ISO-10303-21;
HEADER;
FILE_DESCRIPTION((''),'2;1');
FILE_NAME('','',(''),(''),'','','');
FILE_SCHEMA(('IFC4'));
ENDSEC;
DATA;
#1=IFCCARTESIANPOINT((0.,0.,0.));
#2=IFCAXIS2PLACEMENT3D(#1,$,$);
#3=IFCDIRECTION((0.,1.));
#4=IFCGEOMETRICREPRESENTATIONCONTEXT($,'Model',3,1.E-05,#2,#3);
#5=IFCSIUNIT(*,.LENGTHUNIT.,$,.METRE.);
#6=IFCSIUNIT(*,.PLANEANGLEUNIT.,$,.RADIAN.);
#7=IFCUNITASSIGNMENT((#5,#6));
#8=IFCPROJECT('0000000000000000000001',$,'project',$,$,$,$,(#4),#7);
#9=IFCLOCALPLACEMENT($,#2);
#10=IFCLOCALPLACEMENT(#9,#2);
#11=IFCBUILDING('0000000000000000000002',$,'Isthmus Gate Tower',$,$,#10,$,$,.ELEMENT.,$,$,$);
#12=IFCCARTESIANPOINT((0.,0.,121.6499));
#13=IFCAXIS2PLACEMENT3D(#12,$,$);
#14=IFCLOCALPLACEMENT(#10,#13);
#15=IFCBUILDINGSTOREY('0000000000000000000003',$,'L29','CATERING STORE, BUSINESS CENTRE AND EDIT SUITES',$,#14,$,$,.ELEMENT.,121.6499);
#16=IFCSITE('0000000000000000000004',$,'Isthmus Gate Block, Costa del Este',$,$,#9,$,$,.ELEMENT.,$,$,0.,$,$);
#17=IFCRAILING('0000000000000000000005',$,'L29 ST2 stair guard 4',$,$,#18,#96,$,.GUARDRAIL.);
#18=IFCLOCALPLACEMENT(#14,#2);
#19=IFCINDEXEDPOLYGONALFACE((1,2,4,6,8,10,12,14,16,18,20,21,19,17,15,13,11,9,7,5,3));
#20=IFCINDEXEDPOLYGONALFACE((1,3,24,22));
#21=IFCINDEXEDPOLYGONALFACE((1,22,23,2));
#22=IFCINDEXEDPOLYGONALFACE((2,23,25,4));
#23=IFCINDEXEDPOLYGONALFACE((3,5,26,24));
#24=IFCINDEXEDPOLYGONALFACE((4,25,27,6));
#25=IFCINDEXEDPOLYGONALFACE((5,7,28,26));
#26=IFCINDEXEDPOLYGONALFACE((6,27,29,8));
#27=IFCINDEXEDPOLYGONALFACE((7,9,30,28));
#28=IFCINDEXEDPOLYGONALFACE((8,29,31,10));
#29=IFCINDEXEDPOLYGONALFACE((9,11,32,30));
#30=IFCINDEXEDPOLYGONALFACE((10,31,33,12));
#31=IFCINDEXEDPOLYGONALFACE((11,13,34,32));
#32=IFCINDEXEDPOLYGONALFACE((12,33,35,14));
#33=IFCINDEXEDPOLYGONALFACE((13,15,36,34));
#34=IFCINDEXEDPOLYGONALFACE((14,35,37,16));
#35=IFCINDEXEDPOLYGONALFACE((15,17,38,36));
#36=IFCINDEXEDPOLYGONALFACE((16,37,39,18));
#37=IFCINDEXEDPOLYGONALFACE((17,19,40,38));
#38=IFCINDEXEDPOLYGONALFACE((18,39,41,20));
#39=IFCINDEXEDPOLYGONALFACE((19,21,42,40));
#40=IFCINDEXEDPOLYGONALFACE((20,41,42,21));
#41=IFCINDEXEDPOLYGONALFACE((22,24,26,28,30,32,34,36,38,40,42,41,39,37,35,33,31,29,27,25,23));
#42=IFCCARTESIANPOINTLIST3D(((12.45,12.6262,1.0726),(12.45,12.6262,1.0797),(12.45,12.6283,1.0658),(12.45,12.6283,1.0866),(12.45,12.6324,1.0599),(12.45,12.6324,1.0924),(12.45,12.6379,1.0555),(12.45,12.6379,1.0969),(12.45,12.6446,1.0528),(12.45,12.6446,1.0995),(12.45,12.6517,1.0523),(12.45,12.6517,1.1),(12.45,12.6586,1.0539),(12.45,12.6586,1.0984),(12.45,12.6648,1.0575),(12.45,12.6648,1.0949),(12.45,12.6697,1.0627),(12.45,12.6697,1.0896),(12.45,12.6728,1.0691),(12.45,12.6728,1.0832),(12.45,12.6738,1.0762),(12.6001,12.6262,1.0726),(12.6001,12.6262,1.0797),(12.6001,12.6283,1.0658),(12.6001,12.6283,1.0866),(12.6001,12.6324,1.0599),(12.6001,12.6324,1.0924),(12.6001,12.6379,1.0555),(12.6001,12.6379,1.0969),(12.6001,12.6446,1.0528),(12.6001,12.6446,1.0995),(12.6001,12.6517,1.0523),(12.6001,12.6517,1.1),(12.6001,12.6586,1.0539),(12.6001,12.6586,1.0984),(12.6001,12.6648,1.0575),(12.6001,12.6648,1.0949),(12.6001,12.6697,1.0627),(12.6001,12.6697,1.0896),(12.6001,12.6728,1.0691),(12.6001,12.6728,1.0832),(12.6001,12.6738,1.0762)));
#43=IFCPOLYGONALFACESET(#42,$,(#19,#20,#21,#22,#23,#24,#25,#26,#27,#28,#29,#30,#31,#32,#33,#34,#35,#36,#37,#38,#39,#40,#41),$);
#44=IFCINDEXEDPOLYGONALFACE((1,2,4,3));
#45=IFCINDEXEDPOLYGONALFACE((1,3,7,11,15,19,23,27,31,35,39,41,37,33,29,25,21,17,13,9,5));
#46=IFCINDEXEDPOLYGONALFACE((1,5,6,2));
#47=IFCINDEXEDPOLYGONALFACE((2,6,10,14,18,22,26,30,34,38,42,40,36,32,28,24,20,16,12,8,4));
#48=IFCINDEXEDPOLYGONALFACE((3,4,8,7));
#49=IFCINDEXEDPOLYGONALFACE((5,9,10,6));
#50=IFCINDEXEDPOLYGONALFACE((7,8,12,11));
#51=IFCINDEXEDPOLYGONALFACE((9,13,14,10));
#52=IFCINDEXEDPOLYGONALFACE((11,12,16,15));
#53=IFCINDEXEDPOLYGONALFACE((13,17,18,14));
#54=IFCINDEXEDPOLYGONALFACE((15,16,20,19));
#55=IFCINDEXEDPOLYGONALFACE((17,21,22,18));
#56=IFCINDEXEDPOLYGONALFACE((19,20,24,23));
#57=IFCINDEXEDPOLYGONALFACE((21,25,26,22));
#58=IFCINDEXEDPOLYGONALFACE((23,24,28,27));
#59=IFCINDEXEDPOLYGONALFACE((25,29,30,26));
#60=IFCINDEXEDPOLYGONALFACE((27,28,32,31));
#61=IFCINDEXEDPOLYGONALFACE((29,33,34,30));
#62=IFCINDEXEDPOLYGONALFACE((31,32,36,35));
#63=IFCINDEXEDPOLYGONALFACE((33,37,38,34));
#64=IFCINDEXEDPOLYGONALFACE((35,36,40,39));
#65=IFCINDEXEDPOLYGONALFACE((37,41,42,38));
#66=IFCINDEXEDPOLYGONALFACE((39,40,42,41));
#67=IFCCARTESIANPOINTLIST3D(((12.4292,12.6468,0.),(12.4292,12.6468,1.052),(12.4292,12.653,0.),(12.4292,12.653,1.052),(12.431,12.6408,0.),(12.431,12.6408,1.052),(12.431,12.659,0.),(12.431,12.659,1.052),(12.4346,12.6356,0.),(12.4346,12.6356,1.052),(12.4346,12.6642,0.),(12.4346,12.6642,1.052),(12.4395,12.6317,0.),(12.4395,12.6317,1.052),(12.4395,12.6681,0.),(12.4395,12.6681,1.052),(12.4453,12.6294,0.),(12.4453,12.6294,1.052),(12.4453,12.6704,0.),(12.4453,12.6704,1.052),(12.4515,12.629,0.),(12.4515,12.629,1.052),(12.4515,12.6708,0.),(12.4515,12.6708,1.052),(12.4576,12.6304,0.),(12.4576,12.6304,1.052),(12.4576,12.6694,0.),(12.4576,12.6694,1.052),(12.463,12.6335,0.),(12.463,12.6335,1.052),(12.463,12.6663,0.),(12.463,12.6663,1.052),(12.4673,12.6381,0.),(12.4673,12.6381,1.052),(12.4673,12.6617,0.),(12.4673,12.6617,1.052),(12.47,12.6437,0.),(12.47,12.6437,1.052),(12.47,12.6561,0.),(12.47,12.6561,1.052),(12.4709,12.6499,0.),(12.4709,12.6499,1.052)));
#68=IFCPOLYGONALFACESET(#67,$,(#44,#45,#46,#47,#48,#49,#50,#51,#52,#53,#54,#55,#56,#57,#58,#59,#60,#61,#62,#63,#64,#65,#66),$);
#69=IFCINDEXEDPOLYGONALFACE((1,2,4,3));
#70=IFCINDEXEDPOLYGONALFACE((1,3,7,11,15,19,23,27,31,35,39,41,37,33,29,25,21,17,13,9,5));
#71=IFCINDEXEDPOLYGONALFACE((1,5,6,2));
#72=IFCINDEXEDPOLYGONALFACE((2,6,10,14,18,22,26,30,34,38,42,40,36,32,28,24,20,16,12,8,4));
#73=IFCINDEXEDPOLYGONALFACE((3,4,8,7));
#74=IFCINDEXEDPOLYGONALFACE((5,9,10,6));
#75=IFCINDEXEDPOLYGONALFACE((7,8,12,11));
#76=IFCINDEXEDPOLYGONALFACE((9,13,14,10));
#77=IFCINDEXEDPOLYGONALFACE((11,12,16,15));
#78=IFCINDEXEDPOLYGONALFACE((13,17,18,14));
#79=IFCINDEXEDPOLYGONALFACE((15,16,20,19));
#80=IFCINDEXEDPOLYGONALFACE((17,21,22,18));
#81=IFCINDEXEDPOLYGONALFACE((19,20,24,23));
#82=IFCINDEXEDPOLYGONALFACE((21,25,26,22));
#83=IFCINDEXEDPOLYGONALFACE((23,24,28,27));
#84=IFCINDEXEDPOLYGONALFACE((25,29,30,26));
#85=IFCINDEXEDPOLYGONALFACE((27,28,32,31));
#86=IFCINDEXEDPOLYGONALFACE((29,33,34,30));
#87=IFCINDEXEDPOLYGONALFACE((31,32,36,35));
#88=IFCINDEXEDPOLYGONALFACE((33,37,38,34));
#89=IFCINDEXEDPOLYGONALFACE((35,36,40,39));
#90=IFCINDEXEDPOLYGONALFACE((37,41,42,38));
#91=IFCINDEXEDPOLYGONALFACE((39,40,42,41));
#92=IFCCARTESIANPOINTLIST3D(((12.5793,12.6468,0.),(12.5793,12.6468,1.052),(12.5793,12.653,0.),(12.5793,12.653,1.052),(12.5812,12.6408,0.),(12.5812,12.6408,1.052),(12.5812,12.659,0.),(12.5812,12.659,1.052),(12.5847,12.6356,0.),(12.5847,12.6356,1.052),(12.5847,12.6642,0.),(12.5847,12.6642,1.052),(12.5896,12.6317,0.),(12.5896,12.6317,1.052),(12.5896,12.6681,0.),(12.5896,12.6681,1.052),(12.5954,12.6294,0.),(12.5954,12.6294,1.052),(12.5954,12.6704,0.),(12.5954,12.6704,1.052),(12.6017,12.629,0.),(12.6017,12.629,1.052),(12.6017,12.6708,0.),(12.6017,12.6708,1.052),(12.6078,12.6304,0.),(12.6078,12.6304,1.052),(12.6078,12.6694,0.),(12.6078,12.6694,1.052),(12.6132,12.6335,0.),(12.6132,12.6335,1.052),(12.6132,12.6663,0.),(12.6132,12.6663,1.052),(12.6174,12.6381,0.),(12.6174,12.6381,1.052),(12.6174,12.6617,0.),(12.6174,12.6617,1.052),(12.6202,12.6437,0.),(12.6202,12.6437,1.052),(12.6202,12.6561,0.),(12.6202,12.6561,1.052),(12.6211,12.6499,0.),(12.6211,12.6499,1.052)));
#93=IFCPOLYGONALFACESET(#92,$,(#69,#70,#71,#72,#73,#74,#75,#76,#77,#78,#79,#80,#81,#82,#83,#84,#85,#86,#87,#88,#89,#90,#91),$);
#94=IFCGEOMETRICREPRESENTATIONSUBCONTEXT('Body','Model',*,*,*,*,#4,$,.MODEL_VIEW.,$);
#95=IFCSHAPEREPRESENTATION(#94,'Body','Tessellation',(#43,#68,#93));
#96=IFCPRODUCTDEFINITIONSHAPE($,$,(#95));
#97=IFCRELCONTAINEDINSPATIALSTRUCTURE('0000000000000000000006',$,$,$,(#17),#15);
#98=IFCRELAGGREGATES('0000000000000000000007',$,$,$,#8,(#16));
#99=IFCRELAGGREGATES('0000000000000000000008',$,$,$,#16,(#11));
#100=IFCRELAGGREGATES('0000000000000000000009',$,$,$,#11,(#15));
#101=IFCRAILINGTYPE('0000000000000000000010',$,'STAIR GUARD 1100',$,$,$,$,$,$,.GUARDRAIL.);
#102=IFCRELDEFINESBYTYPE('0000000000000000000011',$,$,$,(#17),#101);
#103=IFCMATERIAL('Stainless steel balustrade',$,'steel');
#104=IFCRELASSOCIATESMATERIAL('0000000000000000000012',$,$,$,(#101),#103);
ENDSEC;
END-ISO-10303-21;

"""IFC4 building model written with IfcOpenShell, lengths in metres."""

from ifc_helpers import new_model, si_unit, direction, frame, origin, origin_2d, place, context, subcontext, project, spatial, circle, extrude, material, type_object, element, save


model = new_model("IFC4")

# Units and contexts
model_context = context("Model", 3, precision=1e-05, world=origin(), true_north=direction((0.0, 1.0)))
body_context = subcontext(model_context, "Body", "Model", "MODEL_VIEW")
ifc_project = project(units=[si_unit("LENGTHUNIT", "METRE"), si_unit("PLANEANGLEUNIT", "RADIAN")], contexts=[model_context])

# Site, building, storey
site_placement = place(None, origin())
site = spatial("IfcSite", under=ifc_project, at=site_placement, Name="Isthmus Gate Block, Costa del Este", CompositionType="ELEMENT", RefElevation=0.0)
building_placement = place(site_placement, origin())
building = spatial("IfcBuilding", under=site, at=building_placement, Name="Isthmus Gate Tower", CompositionType="ELEMENT")
storey_placement = place(building_placement, frame((0.0, 0.0, 121.6499)))
storey = spatial("IfcBuildingStorey", under=building, at=storey_placement, Name="L29", Description="CATERING STORE, BUSINESS CENTRE AND EDIT SUITES", CompositionType="ELEMENT", Elevation=121.6499)

# Railing
ifc_material_1 = material(Name="Stainless steel balustrade", Category="steel")
railing_type_1 = type_object("IfcRailingType", Name="STAIR GUARD 1100", PredefinedType="GUARDRAIL", material=ifc_material_1)
railing_1_placement = place(storey_placement, frame((12.45, 12.6499, 0.0)))
element("IfcRailing", 1, at=railing_1_placement, inside=storey, type_object=railing_type_1, Name="L29 ST2 stair guard 4", PredefinedType="GUARDRAIL", context=body_context, shape_type="SweptSolid", body=[
    extrude(circle(Radius=0.0239, at=origin_2d()), frame((0.0, 0.0, 1.0762), z_axis=(1.0, 0.0, 0.0), x_axis=(0.0, 1.0, 0.0)), (0.0, 0.0, 1.0), 0.1501),
    extrude(circle(Radius=0.021, at=origin_2d()), origin(), (0.0, 0.0, 1.0), 1.052),
    extrude(circle(Radius=0.021, at=origin_2d()), frame((0.1501, 0.0, 0.0)), (0.0, 0.0, 1.0), 1.052),
])

save(model, "model.ifc")
